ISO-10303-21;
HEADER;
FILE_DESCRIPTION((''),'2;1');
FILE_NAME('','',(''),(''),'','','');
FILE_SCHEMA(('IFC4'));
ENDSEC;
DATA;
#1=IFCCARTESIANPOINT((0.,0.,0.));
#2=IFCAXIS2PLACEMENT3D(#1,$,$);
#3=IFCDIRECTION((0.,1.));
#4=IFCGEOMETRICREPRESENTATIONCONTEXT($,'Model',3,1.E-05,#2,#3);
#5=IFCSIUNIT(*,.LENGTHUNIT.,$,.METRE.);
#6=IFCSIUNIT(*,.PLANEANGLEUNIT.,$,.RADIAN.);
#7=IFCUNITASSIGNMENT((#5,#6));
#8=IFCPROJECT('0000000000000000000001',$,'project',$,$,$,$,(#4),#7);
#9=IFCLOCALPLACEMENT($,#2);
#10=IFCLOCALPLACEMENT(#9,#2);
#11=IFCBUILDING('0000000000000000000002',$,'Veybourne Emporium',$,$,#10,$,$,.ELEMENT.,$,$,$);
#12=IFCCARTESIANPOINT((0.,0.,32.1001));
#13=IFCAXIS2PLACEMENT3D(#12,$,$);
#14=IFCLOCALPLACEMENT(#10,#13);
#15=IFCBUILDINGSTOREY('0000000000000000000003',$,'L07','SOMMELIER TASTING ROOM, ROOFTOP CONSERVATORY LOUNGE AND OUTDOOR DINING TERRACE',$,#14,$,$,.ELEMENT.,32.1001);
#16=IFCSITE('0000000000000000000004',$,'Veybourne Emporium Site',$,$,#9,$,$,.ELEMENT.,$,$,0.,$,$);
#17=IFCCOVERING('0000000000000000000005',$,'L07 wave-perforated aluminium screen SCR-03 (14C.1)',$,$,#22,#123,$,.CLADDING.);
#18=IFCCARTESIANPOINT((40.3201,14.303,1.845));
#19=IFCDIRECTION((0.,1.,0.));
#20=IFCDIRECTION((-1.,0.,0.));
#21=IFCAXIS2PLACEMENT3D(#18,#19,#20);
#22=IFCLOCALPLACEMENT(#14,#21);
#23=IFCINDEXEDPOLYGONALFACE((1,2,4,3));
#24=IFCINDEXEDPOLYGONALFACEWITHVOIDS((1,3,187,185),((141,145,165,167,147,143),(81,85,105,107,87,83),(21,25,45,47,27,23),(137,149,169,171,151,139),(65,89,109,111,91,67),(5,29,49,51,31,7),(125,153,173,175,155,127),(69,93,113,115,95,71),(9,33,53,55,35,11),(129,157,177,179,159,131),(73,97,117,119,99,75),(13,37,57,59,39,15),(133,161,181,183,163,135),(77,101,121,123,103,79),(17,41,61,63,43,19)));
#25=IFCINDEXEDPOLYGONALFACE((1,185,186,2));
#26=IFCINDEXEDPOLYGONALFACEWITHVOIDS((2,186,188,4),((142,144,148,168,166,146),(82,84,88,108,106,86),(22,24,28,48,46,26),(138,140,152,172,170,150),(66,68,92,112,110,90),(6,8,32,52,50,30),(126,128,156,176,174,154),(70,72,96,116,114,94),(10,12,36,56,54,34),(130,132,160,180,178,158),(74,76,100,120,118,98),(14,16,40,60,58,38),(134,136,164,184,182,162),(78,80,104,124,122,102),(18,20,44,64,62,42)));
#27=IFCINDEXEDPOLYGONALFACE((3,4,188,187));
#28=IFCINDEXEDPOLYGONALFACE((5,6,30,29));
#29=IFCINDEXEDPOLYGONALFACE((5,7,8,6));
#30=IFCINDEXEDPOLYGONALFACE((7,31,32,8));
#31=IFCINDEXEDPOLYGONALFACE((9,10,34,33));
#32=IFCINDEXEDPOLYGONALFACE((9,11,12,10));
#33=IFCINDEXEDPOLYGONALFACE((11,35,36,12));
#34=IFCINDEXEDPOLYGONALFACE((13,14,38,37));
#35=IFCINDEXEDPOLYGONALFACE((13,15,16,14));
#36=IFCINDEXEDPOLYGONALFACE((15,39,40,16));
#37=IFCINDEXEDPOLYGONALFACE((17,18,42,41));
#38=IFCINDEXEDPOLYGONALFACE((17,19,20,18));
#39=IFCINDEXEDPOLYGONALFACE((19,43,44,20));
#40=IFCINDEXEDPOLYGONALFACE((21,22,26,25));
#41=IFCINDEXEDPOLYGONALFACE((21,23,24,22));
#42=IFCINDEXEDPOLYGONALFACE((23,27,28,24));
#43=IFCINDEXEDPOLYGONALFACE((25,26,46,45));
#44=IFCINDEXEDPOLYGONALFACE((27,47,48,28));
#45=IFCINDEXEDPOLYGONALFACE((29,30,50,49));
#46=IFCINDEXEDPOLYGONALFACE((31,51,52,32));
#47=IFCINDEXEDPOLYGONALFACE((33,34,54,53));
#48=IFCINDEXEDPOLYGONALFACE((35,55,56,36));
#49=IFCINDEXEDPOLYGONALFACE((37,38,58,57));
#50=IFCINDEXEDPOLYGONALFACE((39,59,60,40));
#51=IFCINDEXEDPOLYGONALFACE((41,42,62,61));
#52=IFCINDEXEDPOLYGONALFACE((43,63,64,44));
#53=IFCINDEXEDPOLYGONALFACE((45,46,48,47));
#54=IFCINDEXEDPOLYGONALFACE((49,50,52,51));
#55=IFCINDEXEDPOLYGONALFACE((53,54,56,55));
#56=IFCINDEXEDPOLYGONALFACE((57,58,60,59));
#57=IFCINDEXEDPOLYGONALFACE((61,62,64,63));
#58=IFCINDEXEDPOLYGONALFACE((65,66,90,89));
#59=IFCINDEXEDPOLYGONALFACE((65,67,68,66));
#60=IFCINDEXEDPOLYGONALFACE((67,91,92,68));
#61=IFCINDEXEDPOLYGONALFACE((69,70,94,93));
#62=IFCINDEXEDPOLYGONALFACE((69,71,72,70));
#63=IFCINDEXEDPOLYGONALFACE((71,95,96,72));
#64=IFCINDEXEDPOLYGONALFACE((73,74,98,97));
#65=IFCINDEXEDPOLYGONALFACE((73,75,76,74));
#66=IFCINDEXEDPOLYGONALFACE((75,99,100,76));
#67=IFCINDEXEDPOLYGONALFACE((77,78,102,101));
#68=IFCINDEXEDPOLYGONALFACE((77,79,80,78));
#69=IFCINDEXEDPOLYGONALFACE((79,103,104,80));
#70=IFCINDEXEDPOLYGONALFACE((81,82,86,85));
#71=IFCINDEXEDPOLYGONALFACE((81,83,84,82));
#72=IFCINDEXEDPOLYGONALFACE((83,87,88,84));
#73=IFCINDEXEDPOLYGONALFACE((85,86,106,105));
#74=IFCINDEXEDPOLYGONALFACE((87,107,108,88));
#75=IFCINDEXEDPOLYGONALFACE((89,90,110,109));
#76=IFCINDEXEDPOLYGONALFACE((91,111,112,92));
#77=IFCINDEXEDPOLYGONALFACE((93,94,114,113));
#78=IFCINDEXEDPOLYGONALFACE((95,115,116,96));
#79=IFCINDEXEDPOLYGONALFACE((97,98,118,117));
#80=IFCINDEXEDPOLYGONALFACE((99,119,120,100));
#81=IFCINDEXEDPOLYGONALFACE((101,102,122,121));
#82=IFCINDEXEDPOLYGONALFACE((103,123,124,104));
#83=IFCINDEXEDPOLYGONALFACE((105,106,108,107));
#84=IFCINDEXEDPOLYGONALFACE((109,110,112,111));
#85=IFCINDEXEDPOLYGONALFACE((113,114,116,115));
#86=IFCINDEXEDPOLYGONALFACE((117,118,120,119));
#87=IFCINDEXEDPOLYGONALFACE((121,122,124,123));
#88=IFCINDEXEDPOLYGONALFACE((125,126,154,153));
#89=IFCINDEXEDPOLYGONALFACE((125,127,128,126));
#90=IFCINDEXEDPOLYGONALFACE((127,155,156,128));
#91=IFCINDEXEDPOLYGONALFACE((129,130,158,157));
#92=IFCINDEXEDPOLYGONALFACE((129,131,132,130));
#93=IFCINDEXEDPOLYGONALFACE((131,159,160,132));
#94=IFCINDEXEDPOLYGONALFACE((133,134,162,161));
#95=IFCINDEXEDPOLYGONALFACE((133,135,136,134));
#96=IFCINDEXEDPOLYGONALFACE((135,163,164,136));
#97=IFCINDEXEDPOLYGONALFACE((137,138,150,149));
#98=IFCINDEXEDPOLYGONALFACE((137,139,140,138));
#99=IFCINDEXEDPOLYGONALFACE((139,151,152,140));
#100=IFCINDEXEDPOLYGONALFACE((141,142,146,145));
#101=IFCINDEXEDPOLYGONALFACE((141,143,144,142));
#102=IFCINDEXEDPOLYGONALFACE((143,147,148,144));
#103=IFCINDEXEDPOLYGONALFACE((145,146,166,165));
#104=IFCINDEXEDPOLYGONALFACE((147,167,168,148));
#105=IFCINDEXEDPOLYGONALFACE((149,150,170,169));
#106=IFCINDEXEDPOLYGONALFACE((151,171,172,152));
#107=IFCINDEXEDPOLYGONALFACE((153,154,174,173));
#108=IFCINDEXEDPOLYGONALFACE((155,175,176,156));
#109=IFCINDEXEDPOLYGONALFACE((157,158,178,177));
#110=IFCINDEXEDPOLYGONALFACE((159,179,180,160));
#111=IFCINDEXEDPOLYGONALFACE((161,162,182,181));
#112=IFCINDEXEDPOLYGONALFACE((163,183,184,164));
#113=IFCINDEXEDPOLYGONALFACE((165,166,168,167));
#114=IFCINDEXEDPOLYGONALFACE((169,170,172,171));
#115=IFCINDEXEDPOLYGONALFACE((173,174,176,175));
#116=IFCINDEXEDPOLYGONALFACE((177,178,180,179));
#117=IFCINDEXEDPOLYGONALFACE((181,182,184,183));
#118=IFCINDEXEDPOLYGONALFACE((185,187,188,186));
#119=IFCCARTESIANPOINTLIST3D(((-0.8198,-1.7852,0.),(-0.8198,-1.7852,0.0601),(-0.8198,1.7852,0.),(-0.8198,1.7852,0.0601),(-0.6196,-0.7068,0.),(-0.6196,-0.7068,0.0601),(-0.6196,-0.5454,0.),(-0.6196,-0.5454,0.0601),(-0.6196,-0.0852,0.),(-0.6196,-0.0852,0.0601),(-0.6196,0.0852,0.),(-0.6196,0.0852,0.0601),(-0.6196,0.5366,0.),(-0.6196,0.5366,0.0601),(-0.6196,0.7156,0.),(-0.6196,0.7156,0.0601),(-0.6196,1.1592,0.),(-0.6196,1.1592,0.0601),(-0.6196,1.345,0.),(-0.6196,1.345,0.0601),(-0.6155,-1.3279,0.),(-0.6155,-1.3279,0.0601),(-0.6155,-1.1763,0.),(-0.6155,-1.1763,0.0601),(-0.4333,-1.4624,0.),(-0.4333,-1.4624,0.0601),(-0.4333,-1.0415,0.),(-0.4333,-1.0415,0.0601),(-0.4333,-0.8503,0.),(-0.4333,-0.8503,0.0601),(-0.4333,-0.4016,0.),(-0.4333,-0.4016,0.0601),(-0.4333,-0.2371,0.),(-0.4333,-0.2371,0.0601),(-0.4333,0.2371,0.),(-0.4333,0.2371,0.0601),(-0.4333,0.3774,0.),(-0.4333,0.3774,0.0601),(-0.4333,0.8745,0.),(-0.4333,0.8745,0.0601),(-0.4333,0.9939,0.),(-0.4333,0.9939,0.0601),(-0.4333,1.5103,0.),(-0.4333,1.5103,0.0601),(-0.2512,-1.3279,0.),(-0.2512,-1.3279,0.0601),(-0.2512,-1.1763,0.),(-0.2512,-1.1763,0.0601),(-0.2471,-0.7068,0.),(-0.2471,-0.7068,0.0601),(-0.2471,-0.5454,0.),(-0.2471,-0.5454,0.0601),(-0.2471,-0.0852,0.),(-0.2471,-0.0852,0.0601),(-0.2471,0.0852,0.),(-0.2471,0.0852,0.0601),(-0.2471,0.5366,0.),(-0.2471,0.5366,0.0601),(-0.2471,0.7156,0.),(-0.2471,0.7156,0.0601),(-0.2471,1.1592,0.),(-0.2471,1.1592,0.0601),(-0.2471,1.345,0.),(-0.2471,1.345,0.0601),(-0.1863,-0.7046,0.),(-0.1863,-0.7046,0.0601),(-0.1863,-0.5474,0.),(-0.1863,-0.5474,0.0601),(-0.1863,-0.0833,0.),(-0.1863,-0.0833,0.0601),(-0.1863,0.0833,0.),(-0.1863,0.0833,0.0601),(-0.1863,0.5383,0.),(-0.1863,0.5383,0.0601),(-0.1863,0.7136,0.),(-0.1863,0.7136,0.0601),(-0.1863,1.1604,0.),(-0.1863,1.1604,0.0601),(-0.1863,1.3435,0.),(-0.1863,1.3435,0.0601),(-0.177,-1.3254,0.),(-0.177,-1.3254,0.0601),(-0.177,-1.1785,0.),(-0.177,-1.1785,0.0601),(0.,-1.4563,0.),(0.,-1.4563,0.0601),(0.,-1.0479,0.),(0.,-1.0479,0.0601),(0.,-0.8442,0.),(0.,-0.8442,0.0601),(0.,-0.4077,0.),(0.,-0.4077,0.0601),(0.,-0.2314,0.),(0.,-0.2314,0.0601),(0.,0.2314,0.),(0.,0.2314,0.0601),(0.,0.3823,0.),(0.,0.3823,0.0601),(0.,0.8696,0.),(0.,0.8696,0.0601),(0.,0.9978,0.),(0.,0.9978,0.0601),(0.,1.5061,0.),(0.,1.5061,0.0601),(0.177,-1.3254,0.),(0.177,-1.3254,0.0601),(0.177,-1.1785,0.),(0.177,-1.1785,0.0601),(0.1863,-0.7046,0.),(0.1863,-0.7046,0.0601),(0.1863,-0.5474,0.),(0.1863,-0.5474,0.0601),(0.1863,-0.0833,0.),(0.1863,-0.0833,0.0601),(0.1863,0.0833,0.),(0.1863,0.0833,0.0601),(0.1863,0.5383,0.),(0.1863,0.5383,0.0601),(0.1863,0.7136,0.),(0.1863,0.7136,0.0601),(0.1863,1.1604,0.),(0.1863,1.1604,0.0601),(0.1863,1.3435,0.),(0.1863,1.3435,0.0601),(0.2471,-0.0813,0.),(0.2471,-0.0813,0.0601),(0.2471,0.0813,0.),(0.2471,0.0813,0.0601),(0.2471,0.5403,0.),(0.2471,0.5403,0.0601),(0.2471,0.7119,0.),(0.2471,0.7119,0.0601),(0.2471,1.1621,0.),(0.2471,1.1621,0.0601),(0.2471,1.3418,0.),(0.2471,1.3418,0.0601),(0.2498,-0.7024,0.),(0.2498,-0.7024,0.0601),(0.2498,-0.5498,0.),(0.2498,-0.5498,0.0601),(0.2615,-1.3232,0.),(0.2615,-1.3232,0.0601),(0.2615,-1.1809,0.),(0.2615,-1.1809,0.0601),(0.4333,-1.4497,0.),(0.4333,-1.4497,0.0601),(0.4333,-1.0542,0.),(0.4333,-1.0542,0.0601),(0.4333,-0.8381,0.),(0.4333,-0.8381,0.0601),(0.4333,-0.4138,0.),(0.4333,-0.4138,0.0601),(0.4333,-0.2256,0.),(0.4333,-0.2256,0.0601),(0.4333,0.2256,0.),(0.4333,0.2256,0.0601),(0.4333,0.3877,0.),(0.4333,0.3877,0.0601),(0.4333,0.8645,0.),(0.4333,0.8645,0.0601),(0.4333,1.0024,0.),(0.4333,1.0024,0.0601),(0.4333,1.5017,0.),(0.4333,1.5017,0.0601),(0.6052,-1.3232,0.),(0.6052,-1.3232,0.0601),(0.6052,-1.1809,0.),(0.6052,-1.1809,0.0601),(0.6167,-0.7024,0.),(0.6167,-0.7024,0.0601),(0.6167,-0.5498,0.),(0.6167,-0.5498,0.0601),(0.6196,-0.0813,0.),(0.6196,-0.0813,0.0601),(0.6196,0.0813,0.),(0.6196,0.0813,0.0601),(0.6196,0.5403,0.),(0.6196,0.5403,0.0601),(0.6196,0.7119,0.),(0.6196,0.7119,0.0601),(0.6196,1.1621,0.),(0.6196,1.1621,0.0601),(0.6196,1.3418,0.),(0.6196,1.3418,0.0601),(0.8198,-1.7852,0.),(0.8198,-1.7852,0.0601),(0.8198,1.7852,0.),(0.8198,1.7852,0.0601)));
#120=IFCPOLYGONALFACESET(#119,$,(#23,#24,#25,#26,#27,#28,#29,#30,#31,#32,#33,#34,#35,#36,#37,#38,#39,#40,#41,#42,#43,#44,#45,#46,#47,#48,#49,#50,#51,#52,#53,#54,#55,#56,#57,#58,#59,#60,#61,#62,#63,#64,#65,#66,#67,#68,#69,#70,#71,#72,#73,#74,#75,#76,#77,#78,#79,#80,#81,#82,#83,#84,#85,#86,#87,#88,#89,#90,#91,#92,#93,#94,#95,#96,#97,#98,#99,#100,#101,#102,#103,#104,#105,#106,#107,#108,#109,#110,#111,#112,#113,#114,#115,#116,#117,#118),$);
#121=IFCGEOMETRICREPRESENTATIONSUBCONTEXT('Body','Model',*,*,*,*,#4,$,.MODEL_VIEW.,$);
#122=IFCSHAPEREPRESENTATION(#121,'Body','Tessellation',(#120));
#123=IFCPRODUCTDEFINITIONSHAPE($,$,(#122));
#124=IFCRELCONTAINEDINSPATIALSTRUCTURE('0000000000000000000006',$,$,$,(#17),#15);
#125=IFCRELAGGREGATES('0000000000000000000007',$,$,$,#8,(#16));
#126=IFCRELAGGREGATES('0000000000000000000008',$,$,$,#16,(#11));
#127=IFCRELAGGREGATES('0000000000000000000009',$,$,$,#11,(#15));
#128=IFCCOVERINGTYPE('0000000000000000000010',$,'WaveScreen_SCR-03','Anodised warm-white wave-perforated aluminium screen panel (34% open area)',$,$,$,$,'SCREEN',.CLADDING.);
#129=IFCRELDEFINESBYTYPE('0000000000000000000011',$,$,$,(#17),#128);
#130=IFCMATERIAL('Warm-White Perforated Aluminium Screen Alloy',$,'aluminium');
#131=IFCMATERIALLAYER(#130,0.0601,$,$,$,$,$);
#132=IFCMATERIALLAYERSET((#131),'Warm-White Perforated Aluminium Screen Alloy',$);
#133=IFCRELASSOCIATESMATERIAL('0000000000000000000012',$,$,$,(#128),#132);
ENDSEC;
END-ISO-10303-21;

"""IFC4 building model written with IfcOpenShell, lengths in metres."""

from ifc_helpers import new_model, si_unit, direction, frame, origin, place, context, subcontext, project, spatial, polyline, outline, extrude, material, layer, layer_set, type_object, element, save


model = new_model("IFC4")

# Units and contexts
model_context = context("Model", 3, precision=1e-05, world=origin(), true_north=direction((0.0, 1.0)))
body_context = subcontext(model_context, "Body", "Model", "MODEL_VIEW")
ifc_project = project(units=[si_unit("LENGTHUNIT", "METRE"), si_unit("PLANEANGLEUNIT", "RADIAN")], contexts=[model_context])

# Site, building, storey
site_placement = place(None, origin())
site = spatial("IfcSite", under=ifc_project, at=site_placement, Name="Veybourne Emporium Site", CompositionType="ELEMENT", RefElevation=0.0)
building_placement = place(site_placement, origin())
building = spatial("IfcBuilding", under=site, at=building_placement, Name="Veybourne Emporium", CompositionType="ELEMENT")
storey_placement = place(building_placement, frame((0.0, 0.0, 32.1001)))
storey = spatial("IfcBuildingStorey", under=building, at=storey_placement, Name="L07", Description="SOMMELIER TASTING ROOM, ROOFTOP CONSERVATORY LOUNGE AND OUTDOOR DINING TERRACE", CompositionType="ELEMENT", Elevation=32.1001)

# Covering
ifc_material_1 = material(Name="Warm-White Perforated Aluminium Screen Alloy", Category="aluminium")
ifc_layer_1 = layer(ifc_material_1, 0.0601)
ifc_layer_set_1 = layer_set([ifc_layer_1], Name="Warm-White Perforated Aluminium Screen Alloy")
covering_type_1 = type_object("IfcCoveringType", Name="WaveScreen_SCR-03", Description="Anodised warm-white wave-perforated aluminium screen panel (34% open area)", ElementType="SCREEN", PredefinedType="CLADDING", material=ifc_layer_set_1)
covering_1_placement = place(storey_placement, frame((40.3201, 14.303, 1.845), z_axis=(0.0, 1.0, 0.0), x_axis=(-1.0, 0.0, 0.0)))
element("IfcCovering", 1, at=covering_1_placement, inside=storey, type_object=covering_type_1, Name="L07 wave-perforated aluminium screen SCR-03 (14C.1)", PredefinedType="CLADDING", context=body_context, shape_type="SweptSolid", body=[
    extrude(outline(polyline([(-0.8198, -1.7852), (0.8198, -1.7852), (0.8198, 1.7852), (-0.8198, 1.7852), (-0.8198, -1.7852)]), holes=[polyline([(-0.4333, -1.0415), (-0.2512, -1.1763), (-0.2512, -1.3279), (-0.4333, -1.4624), (-0.6155, -1.3279), (-0.6155, -1.1763), (-0.4333, -1.0415)]), polyline([(-0.4333, -0.4016), (-0.2471, -0.5454), (-0.2471, -0.7068), (-0.4333, -0.8503), (-0.6196, -0.7068), (-0.6196, -0.5454), (-0.4333, -0.4016)]), polyline([(-0.4333, 0.2371), (-0.2471, 0.0852), (-0.2471, -0.0852), (-0.4333, -0.2371), (-0.6196, -0.0852), (-0.6196, 0.0852), (-0.4333, 0.2371)]), polyline([(-0.4333, 0.8745), (-0.2471, 0.7156), (-0.2471, 0.5366), (-0.4333, 0.3774), (-0.6196, 0.5366), (-0.6196, 0.7156), (-0.4333, 0.8745)]), polyline([(-0.4333, 1.5103), (-0.2471, 1.345), (-0.2471, 1.1592), (-0.4333, 0.9939), (-0.6196, 1.1592), (-0.6196, 1.345), (-0.4333, 1.5103)]), polyline([(0.0, -1.0479), (0.177, -1.1785), (0.177, -1.3254), (0.0, -1.4563), (-0.177, -1.3254), (-0.177, -1.1785), (0.0, -1.0479)]), polyline([(0.0, -0.4077), (0.1863, -0.5474), (0.1863, -0.7046), (0.0, -0.8442), (-0.1863, -0.7046), (-0.1863, -0.5474), (0.0, -0.4077)]), polyline([(0.0, 0.2314), (0.1863, 0.0833), (0.1863, -0.0833), (0.0, -0.2314), (-0.1863, -0.0833), (-0.1863, 0.0833), (0.0, 0.2314)]), polyline([(0.0, 0.8696), (0.1863, 0.7136), (0.1863, 0.5383), (0.0, 0.3823), (-0.1863, 0.5383), (-0.1863, 0.7136), (0.0, 0.8696)]), polyline([(0.0, 1.5061), (0.1863, 1.3435), (0.1863, 1.1604), (0.0, 0.9978), (-0.1863, 1.1604), (-0.1863, 1.3435), (0.0, 1.5061)]), polyline([(0.4333, -1.0542), (0.6052, -1.1809), (0.6052, -1.3232), (0.4333, -1.4497), (0.2615, -1.3232), (0.2615, -1.1809), (0.4333, -1.0542)]), polyline([(0.4333, -0.4138), (0.6167, -0.5498), (0.6167, -0.7024), (0.4333, -0.8381), (0.2498, -0.7024), (0.2498, -0.5498), (0.4333, -0.4138)]), polyline([(0.4333, 0.2256), (0.6196, 0.0813), (0.6196, -0.0813), (0.4333, -0.2256), (0.2471, -0.0813), (0.2471, 0.0813), (0.4333, 0.2256)]), polyline([(0.4333, 0.8645), (0.6196, 0.7119), (0.6196, 0.5403), (0.4333, 0.3877), (0.2471, 0.5403), (0.2471, 0.7119), (0.4333, 0.8645)]), polyline([(0.4333, 1.5017), (0.6196, 1.3418), (0.6196, 1.1621), (0.4333, 1.0024), (0.2471, 1.1621), (0.2471, 1.3418), (0.4333, 1.5017)])]), origin(), (0.0, 0.0, 1.0), 0.0601),
])

save(model, "model.ifc")
